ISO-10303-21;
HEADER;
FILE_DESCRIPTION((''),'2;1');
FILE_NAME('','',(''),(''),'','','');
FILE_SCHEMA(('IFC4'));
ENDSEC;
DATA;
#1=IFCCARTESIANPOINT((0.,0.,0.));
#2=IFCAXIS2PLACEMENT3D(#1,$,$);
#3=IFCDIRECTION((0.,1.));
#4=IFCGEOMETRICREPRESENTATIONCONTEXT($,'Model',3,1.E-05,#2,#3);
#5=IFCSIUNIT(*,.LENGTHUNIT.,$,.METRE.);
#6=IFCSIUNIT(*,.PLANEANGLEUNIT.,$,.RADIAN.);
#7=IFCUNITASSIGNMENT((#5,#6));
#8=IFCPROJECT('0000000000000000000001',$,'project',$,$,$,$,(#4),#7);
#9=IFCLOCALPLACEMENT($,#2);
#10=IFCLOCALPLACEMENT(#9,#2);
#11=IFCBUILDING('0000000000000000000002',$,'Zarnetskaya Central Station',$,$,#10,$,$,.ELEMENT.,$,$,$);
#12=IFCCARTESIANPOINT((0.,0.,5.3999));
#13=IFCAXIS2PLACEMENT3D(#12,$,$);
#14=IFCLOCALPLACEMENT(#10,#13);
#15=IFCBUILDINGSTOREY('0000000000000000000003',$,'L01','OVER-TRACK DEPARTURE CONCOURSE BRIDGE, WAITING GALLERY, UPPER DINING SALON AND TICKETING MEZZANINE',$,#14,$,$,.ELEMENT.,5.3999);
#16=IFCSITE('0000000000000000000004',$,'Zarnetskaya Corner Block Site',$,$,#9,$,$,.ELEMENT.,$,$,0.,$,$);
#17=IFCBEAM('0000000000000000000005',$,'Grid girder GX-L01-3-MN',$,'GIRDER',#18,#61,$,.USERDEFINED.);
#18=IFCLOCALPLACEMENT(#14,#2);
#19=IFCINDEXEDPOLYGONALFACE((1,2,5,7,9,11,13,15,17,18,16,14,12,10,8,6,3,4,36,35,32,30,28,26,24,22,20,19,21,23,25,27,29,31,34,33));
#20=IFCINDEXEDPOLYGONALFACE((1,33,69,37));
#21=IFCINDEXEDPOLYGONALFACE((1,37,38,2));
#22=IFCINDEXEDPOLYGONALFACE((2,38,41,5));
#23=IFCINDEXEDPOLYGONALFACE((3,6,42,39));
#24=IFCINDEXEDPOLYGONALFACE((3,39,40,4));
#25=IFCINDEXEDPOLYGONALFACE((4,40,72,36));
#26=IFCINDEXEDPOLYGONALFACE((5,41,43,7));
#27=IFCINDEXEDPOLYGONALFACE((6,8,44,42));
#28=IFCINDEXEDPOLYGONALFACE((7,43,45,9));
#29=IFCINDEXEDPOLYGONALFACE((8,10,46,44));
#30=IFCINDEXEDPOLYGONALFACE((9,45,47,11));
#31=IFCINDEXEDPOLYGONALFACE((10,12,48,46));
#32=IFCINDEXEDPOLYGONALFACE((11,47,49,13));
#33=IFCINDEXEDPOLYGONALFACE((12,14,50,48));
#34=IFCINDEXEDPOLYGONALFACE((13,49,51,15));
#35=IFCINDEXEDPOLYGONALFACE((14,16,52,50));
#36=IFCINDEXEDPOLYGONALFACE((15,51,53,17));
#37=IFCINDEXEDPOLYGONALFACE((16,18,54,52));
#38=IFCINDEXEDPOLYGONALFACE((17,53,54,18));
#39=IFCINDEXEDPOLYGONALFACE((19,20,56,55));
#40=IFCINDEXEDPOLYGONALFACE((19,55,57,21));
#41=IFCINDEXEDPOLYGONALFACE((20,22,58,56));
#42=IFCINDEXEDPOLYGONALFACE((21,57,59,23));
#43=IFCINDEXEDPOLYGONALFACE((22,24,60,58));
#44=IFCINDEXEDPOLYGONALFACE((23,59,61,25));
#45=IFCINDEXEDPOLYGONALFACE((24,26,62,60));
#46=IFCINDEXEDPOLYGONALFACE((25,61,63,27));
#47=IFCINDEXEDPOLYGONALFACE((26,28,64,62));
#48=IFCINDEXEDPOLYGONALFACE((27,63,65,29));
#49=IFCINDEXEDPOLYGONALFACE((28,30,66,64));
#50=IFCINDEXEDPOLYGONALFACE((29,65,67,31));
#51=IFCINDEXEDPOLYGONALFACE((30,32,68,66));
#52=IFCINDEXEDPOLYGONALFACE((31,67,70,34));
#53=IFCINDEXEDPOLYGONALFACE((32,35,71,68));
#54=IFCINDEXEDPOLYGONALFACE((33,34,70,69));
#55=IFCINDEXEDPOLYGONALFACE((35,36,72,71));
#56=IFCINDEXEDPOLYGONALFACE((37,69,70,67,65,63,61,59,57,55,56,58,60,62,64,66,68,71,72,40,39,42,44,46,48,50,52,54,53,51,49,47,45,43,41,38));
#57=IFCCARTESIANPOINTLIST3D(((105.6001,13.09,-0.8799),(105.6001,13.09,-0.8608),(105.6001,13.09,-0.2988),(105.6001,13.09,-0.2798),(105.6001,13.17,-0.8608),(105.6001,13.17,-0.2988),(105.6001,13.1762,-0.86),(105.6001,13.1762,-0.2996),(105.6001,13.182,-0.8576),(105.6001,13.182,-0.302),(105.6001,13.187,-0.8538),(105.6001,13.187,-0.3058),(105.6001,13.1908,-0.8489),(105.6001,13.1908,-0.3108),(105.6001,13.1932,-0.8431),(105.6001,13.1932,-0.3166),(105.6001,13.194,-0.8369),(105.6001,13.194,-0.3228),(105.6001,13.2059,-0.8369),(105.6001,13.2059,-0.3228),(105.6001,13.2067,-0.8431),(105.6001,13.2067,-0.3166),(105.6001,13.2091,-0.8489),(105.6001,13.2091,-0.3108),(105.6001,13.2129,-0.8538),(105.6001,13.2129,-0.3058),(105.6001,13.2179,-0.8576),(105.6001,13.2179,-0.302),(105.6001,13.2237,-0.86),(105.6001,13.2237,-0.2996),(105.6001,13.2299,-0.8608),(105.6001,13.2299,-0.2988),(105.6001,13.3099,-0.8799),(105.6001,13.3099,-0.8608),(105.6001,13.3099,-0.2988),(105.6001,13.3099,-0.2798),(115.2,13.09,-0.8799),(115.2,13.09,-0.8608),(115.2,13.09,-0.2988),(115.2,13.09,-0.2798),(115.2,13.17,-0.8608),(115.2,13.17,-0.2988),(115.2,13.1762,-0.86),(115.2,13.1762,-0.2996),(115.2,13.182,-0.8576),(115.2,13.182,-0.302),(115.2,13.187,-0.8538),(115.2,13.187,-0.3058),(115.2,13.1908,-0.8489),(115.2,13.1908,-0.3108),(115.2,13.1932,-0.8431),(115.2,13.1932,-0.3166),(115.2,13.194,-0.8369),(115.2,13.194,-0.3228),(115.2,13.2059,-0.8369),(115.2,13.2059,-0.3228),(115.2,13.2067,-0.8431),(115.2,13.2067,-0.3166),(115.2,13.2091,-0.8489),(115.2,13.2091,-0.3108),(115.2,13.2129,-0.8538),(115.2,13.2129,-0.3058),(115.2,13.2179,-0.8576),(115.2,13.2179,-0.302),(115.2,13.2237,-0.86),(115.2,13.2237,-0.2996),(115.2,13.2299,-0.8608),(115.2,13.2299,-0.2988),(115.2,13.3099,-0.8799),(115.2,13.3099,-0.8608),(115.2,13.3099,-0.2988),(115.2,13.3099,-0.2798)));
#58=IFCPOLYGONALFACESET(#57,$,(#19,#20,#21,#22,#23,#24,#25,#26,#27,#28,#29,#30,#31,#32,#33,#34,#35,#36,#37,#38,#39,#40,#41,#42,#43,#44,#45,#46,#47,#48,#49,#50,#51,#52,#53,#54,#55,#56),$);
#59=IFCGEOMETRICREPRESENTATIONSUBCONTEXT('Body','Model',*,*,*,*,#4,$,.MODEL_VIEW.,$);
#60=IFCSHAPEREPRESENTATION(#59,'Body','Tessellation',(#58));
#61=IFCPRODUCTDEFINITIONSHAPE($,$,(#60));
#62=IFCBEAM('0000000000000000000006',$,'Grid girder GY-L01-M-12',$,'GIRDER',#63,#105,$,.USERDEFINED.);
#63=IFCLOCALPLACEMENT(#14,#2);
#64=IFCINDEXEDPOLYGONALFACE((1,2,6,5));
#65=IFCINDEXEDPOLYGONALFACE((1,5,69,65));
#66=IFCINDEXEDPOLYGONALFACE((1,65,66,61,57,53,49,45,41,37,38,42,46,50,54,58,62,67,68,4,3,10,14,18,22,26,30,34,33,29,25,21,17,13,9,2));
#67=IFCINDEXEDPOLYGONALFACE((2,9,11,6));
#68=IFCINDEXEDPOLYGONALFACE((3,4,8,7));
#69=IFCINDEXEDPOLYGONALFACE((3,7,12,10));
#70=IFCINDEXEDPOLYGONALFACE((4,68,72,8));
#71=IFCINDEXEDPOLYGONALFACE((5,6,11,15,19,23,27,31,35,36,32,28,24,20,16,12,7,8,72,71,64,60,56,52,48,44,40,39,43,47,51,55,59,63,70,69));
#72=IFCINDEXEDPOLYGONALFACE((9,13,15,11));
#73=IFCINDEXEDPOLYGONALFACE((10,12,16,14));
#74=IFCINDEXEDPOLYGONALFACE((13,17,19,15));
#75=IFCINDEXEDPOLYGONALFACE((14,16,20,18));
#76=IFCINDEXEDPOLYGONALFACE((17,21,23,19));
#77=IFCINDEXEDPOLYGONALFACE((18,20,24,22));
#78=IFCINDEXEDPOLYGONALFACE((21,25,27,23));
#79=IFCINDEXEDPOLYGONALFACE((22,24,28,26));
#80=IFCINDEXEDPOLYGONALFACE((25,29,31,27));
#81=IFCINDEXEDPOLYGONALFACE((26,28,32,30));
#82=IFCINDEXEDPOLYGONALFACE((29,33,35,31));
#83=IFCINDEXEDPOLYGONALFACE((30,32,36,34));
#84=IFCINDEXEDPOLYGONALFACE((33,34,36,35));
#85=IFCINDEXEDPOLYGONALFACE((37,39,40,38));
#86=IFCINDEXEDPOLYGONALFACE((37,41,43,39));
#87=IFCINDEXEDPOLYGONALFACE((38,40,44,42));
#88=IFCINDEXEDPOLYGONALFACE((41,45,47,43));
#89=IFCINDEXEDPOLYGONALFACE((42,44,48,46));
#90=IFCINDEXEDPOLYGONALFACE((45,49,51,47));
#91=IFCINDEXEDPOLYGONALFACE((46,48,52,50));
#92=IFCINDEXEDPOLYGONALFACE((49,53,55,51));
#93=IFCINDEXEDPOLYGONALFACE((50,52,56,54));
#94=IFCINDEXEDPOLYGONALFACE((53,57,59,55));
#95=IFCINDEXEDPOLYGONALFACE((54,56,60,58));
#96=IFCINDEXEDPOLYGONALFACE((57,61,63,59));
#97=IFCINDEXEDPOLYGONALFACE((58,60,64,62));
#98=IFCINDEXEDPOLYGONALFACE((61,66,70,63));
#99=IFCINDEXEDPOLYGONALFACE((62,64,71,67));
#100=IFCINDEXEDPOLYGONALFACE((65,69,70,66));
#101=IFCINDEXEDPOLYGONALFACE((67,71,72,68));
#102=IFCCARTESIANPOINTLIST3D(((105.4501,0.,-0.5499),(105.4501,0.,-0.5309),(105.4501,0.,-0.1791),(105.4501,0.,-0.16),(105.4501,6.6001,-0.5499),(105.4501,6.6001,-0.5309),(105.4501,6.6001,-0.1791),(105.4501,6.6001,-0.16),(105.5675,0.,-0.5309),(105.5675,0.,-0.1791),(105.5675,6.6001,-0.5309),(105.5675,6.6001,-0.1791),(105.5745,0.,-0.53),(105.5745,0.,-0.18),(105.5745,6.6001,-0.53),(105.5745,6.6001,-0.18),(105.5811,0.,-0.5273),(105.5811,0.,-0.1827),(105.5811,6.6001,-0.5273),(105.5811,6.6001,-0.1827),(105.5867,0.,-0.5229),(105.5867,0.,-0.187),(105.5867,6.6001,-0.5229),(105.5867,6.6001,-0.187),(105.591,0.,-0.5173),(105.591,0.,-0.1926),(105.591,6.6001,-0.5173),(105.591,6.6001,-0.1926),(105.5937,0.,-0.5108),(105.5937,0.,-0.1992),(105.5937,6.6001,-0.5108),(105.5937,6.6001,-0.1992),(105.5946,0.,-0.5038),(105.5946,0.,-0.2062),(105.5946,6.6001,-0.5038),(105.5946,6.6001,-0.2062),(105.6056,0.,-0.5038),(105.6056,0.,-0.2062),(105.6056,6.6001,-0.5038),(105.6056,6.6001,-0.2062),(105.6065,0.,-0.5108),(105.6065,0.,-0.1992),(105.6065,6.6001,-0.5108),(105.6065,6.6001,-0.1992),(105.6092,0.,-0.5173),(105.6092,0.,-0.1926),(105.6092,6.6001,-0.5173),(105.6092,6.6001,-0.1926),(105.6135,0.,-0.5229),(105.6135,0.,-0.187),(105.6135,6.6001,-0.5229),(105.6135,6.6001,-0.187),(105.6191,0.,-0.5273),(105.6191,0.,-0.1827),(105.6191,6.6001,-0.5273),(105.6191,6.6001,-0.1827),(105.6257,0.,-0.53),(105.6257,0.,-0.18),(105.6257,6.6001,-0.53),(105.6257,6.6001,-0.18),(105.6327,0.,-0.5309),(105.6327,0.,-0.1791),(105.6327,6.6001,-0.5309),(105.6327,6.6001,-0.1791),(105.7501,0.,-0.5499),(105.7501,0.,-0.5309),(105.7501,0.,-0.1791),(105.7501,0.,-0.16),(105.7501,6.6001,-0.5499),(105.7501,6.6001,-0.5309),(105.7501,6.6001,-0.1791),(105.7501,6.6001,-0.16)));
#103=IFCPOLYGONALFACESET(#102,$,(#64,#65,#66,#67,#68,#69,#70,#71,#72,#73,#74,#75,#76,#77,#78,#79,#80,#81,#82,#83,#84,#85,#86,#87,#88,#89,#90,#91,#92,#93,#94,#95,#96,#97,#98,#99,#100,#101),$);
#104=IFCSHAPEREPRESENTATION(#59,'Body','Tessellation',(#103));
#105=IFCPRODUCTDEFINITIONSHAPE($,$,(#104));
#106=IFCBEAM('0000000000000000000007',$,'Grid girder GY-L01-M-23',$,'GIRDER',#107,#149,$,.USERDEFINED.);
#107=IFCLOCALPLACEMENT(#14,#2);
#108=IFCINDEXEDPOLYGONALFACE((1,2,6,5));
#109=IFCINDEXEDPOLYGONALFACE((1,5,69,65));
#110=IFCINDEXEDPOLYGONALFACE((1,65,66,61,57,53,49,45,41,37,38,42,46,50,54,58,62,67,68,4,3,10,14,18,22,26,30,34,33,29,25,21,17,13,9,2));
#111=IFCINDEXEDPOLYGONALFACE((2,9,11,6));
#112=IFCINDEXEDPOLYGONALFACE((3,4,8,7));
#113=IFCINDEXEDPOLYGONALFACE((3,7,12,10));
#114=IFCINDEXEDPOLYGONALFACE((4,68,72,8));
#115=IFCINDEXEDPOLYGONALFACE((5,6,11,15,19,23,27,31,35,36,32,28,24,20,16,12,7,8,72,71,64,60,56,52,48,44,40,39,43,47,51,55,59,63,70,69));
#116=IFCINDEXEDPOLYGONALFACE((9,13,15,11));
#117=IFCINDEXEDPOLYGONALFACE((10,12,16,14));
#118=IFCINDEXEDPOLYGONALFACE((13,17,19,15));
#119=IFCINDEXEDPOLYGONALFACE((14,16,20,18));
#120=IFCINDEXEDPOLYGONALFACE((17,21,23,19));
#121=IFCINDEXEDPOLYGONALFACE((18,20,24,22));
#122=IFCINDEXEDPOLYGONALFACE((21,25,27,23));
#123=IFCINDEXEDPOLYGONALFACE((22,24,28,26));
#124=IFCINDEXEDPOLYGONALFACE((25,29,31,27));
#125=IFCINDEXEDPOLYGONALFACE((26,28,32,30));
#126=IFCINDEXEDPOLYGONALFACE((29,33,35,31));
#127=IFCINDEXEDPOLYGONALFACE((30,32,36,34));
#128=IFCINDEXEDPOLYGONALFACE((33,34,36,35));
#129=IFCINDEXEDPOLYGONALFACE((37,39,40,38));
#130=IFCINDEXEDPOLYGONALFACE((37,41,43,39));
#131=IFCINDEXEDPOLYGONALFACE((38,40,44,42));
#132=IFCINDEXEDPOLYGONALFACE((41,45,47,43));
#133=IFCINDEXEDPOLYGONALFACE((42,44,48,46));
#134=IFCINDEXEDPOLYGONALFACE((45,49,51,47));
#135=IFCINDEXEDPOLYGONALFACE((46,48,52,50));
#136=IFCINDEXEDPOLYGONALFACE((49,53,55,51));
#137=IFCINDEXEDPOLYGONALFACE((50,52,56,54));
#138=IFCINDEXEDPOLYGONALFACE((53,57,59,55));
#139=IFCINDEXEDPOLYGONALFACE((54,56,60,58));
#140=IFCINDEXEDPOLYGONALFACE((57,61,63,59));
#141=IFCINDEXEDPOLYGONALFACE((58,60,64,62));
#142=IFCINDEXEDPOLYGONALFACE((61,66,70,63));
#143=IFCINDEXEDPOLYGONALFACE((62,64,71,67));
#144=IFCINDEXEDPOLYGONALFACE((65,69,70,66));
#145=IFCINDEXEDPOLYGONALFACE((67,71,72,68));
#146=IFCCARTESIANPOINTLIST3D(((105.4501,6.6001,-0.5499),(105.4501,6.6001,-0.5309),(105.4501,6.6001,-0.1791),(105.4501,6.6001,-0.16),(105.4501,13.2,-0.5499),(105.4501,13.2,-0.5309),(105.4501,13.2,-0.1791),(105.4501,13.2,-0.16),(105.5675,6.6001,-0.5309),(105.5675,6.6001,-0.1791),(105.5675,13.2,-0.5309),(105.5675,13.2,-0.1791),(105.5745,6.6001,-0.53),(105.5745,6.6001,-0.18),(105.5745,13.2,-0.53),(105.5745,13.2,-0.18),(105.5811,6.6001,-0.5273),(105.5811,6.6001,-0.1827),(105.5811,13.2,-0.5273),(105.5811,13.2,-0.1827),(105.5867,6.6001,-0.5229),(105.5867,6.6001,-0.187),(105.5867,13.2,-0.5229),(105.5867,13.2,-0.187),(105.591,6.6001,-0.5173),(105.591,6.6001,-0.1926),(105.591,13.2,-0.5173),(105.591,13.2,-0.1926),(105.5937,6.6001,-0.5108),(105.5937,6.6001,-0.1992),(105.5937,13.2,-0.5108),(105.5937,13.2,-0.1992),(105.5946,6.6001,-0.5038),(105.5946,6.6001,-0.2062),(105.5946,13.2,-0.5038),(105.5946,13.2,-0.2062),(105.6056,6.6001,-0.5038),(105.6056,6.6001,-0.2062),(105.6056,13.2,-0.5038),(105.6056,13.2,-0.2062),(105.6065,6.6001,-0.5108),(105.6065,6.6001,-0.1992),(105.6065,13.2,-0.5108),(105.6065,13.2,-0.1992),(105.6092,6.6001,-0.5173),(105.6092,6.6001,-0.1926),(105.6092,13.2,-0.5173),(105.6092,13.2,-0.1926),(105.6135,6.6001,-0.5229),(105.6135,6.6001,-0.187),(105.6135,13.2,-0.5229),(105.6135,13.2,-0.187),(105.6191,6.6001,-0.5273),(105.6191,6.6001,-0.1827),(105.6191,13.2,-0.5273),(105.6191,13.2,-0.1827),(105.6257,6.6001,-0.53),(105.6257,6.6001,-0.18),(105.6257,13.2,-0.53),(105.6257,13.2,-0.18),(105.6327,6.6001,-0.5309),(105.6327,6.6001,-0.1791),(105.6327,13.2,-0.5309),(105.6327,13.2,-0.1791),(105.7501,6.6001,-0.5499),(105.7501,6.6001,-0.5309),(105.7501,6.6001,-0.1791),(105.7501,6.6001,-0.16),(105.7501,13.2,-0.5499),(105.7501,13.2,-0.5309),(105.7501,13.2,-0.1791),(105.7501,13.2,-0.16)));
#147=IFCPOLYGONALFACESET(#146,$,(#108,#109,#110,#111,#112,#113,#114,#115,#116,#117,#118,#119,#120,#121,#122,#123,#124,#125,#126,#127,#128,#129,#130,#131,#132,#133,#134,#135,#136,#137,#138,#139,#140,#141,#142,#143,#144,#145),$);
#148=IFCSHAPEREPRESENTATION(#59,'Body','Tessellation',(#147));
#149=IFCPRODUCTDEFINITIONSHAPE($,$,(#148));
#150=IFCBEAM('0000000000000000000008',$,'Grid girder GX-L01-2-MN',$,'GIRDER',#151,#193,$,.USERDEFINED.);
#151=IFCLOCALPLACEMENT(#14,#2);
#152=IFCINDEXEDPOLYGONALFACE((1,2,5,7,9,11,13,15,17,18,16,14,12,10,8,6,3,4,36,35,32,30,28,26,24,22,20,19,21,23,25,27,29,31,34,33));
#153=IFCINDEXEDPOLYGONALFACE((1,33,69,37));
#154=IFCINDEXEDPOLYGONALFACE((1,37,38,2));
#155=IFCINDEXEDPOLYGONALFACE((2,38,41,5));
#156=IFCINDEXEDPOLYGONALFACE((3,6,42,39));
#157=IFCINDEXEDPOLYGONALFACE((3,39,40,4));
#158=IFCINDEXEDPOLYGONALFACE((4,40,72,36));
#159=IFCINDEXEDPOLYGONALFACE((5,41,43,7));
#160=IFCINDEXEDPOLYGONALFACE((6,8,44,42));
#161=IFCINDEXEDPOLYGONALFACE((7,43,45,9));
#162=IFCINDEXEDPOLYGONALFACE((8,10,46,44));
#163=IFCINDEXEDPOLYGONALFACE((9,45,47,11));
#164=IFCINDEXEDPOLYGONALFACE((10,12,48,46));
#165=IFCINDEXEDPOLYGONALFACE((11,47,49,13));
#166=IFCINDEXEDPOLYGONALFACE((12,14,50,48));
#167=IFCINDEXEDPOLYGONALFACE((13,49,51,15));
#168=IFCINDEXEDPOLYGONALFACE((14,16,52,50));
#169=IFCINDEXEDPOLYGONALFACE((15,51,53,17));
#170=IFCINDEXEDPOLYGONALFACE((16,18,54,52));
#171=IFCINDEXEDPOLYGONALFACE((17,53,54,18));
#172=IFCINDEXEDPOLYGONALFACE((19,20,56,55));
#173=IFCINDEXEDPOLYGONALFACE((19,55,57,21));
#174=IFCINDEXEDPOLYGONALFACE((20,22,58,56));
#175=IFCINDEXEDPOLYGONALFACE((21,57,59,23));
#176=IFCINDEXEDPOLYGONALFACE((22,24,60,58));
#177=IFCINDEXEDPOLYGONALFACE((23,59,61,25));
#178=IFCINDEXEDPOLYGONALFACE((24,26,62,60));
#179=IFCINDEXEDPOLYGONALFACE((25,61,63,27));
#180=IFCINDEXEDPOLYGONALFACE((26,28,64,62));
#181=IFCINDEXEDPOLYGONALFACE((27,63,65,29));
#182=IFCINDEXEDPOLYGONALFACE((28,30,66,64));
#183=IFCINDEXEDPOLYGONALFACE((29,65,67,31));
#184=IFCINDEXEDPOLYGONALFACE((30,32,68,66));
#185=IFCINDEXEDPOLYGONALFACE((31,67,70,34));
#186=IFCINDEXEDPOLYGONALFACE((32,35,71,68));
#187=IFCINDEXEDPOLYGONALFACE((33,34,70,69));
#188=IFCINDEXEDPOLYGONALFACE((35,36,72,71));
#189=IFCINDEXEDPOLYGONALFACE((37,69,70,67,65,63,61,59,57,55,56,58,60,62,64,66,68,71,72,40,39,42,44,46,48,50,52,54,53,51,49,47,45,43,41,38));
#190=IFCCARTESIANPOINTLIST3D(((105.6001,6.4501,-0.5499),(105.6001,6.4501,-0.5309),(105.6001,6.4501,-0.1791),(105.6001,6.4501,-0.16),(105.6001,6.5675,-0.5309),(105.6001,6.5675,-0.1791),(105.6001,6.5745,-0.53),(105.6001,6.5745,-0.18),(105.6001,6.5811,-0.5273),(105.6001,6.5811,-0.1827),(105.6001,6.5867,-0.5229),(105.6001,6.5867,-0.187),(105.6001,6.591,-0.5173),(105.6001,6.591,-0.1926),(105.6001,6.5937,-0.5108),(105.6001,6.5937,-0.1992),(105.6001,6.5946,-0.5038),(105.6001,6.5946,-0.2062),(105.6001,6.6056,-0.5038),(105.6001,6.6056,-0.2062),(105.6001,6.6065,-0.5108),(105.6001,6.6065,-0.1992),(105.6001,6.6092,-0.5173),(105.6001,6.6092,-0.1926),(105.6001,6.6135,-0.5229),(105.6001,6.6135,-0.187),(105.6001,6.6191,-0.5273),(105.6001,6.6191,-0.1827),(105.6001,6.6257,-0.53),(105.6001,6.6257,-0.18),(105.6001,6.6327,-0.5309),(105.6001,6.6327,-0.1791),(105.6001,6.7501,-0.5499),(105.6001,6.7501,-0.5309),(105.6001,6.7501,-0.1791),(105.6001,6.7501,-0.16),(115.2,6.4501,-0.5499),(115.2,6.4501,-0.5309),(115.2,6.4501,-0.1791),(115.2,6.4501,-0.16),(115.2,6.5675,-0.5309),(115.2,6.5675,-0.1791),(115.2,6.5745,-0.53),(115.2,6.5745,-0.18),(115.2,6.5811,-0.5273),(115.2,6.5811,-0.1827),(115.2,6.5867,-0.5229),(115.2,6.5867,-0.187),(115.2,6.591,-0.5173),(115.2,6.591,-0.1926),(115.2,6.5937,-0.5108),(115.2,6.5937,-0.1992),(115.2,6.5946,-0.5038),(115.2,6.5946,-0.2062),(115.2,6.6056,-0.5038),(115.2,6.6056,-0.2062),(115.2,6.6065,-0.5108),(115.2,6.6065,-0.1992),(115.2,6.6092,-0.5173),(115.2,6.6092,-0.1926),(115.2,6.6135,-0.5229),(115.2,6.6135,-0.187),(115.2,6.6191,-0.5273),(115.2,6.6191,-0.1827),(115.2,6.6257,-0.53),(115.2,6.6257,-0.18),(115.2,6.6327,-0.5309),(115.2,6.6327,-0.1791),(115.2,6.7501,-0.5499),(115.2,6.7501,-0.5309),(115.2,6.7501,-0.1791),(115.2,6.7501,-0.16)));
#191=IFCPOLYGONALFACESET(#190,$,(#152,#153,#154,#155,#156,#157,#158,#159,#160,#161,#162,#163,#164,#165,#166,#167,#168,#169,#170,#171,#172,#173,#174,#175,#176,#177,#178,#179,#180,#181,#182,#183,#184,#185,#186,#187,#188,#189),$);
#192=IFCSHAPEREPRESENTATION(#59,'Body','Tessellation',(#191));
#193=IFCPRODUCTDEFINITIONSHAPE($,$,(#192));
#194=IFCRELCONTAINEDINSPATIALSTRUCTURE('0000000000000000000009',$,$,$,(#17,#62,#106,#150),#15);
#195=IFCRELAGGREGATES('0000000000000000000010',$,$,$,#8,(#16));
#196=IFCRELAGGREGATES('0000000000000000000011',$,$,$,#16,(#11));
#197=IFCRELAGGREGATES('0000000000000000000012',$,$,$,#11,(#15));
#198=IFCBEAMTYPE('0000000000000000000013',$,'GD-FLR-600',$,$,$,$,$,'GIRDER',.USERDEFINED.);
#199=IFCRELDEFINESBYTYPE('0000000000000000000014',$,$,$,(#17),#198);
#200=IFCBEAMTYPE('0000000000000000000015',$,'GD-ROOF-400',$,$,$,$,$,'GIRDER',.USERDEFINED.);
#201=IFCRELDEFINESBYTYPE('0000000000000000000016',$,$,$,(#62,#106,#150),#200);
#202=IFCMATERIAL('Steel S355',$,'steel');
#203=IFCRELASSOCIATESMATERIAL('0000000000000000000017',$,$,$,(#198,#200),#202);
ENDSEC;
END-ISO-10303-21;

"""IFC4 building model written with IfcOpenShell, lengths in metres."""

from ifc_helpers import new_model, si_unit, direction, frame, origin, origin_2d, place, context, subcontext, project, spatial, i_section, extrude, material, material_profile, profile_set, type_object, element, save


model = new_model("IFC4")

# Units and contexts
model_context = context("Model", 3, precision=1e-05, world=origin(), true_north=direction((0.0, 1.0)))
body_context = subcontext(model_context, "Body", "Model", "MODEL_VIEW")
ifc_project = project(units=[si_unit("LENGTHUNIT", "METRE"), si_unit("PLANEANGLEUNIT", "RADIAN")], contexts=[model_context])

# Site, building, storey
site_placement = place(None, origin())
site = spatial("IfcSite", under=ifc_project, at=site_placement, Name="Zarnetskaya Corner Block Site", CompositionType="ELEMENT", RefElevation=0.0)
building_placement = place(site_placement, origin())
building = spatial("IfcBuilding", under=site, at=building_placement, Name="Zarnetskaya Central Station", CompositionType="ELEMENT")
storey_placement = place(building_placement, frame((0.0, 0.0, 5.3999)))
storey = spatial("IfcBuildingStorey", under=building, at=storey_placement, Name="L01", Description="OVER-TRACK DEPARTURE CONCOURSE BRIDGE, WAITING GALLERY, UPPER DINING SALON AND TICKETING MEZZANINE", CompositionType="ELEMENT", Elevation=5.3999)

# Shared definitions
ifc_material_1 = material(Name="Steel S355", Category="steel")

# Beams
ifc_material_profile_1 = material_profile(ifc_material_1, i_section(OverallWidth=0.22, OverallDepth=0.6001, WebThickness=0.012, FlangeThickness=0.019, FilletRadius=0.0239, at=origin_2d()), Name="IPE 600")
ifc_profile_set_1 = profile_set([ifc_material_profile_1], Name="Steel S355")
beam_type_1 = type_object("IfcBeamType", Name="GD-FLR-600", ElementType="GIRDER", PredefinedType="USERDEFINED", material=ifc_profile_set_1)
beam_1_placement = place(storey_placement, frame((105.6001, 13.2, -0.5798), z_axis=(1.0, 0.0, 0.0), x_axis=(0.0, 1.0, 0.0)))
element("IfcBeam", 1, at=beam_1_placement, inside=storey, type_object=beam_type_1, Name="Grid girder GX-L01-3-MN", ObjectType="GIRDER", PredefinedType="USERDEFINED", context=body_context, shape_type="SweptSolid", body=[
    extrude(i_section(OverallWidth=0.22, OverallDepth=0.6001, WebThickness=0.012, FlangeThickness=0.019, FilletRadius=0.0239, at=origin_2d()), origin(), (0.0, 0.0, 1.0), 9.5999),
])
ifc_material_profile_2 = material_profile(ifc_material_1, i_section(OverallWidth=0.3, OverallDepth=0.3899, WebThickness=0.011, FlangeThickness=0.019, FilletRadius=0.0271, at=origin_2d()), Name="HEA 400")
ifc_profile_set_2 = profile_set([ifc_material_profile_2], Name="Steel S355")
beam_type_2 = type_object("IfcBeamType", Name="GD-ROOF-400", ElementType="GIRDER", PredefinedType="USERDEFINED", material=ifc_profile_set_2)
beam_2_placement = place(storey_placement, frame((105.6001, 0.0, -0.355), z_axis=(0.0, 1.0, 0.0), x_axis=(-1.0, 0.0, 0.0)))
element("IfcBeam", 2, at=beam_2_placement, inside=storey, type_object=beam_type_2, Name="Grid girder GY-L01-M-12", ObjectType="GIRDER", PredefinedType="USERDEFINED", context=body_context, shape_type="SweptSolid", body=[
    extrude(i_section(OverallWidth=0.3, OverallDepth=0.3899, WebThickness=0.011, FlangeThickness=0.019, FilletRadius=0.0271, at=origin_2d()), origin(), (0.0, 0.0, 1.0), 6.6001),
])
beam_3_placement = place(storey_placement, frame((105.6001, 6.6001, -0.355), z_axis=(0.0, 1.0, 0.0), x_axis=(-1.0, 0.0, 0.0)))
element("IfcBeam", 3, at=beam_3_placement, inside=storey, type_object=beam_type_2, Name="Grid girder GY-L01-M-23", ObjectType="GIRDER", PredefinedType="USERDEFINED", context=body_context, shape_type="SweptSolid", body=[
    extrude(i_section(OverallWidth=0.3, OverallDepth=0.3899, WebThickness=0.011, FlangeThickness=0.019, FilletRadius=0.0271, at=origin_2d()), origin(), (0.0, 0.0, 1.0), 6.5999),
])
beam_4_placement = place(storey_placement, frame((105.6001, 6.6001, -0.355), z_axis=(1.0, 0.0, 0.0), x_axis=(0.0, 1.0, 0.0)))
element("IfcBeam", 4, at=beam_4_placement, inside=storey, type_object=beam_type_2, Name="Grid girder GX-L01-2-MN", ObjectType="GIRDER", PredefinedType="USERDEFINED", context=body_context, shape_type="SweptSolid", body=[
    extrude(i_section(OverallWidth=0.3, OverallDepth=0.3899, WebThickness=0.011, FlangeThickness=0.019, FilletRadius=0.0271, at=origin_2d()), origin(), (0.0, 0.0, 1.0), 9.5999),
])

save(model, "model.ifc")
